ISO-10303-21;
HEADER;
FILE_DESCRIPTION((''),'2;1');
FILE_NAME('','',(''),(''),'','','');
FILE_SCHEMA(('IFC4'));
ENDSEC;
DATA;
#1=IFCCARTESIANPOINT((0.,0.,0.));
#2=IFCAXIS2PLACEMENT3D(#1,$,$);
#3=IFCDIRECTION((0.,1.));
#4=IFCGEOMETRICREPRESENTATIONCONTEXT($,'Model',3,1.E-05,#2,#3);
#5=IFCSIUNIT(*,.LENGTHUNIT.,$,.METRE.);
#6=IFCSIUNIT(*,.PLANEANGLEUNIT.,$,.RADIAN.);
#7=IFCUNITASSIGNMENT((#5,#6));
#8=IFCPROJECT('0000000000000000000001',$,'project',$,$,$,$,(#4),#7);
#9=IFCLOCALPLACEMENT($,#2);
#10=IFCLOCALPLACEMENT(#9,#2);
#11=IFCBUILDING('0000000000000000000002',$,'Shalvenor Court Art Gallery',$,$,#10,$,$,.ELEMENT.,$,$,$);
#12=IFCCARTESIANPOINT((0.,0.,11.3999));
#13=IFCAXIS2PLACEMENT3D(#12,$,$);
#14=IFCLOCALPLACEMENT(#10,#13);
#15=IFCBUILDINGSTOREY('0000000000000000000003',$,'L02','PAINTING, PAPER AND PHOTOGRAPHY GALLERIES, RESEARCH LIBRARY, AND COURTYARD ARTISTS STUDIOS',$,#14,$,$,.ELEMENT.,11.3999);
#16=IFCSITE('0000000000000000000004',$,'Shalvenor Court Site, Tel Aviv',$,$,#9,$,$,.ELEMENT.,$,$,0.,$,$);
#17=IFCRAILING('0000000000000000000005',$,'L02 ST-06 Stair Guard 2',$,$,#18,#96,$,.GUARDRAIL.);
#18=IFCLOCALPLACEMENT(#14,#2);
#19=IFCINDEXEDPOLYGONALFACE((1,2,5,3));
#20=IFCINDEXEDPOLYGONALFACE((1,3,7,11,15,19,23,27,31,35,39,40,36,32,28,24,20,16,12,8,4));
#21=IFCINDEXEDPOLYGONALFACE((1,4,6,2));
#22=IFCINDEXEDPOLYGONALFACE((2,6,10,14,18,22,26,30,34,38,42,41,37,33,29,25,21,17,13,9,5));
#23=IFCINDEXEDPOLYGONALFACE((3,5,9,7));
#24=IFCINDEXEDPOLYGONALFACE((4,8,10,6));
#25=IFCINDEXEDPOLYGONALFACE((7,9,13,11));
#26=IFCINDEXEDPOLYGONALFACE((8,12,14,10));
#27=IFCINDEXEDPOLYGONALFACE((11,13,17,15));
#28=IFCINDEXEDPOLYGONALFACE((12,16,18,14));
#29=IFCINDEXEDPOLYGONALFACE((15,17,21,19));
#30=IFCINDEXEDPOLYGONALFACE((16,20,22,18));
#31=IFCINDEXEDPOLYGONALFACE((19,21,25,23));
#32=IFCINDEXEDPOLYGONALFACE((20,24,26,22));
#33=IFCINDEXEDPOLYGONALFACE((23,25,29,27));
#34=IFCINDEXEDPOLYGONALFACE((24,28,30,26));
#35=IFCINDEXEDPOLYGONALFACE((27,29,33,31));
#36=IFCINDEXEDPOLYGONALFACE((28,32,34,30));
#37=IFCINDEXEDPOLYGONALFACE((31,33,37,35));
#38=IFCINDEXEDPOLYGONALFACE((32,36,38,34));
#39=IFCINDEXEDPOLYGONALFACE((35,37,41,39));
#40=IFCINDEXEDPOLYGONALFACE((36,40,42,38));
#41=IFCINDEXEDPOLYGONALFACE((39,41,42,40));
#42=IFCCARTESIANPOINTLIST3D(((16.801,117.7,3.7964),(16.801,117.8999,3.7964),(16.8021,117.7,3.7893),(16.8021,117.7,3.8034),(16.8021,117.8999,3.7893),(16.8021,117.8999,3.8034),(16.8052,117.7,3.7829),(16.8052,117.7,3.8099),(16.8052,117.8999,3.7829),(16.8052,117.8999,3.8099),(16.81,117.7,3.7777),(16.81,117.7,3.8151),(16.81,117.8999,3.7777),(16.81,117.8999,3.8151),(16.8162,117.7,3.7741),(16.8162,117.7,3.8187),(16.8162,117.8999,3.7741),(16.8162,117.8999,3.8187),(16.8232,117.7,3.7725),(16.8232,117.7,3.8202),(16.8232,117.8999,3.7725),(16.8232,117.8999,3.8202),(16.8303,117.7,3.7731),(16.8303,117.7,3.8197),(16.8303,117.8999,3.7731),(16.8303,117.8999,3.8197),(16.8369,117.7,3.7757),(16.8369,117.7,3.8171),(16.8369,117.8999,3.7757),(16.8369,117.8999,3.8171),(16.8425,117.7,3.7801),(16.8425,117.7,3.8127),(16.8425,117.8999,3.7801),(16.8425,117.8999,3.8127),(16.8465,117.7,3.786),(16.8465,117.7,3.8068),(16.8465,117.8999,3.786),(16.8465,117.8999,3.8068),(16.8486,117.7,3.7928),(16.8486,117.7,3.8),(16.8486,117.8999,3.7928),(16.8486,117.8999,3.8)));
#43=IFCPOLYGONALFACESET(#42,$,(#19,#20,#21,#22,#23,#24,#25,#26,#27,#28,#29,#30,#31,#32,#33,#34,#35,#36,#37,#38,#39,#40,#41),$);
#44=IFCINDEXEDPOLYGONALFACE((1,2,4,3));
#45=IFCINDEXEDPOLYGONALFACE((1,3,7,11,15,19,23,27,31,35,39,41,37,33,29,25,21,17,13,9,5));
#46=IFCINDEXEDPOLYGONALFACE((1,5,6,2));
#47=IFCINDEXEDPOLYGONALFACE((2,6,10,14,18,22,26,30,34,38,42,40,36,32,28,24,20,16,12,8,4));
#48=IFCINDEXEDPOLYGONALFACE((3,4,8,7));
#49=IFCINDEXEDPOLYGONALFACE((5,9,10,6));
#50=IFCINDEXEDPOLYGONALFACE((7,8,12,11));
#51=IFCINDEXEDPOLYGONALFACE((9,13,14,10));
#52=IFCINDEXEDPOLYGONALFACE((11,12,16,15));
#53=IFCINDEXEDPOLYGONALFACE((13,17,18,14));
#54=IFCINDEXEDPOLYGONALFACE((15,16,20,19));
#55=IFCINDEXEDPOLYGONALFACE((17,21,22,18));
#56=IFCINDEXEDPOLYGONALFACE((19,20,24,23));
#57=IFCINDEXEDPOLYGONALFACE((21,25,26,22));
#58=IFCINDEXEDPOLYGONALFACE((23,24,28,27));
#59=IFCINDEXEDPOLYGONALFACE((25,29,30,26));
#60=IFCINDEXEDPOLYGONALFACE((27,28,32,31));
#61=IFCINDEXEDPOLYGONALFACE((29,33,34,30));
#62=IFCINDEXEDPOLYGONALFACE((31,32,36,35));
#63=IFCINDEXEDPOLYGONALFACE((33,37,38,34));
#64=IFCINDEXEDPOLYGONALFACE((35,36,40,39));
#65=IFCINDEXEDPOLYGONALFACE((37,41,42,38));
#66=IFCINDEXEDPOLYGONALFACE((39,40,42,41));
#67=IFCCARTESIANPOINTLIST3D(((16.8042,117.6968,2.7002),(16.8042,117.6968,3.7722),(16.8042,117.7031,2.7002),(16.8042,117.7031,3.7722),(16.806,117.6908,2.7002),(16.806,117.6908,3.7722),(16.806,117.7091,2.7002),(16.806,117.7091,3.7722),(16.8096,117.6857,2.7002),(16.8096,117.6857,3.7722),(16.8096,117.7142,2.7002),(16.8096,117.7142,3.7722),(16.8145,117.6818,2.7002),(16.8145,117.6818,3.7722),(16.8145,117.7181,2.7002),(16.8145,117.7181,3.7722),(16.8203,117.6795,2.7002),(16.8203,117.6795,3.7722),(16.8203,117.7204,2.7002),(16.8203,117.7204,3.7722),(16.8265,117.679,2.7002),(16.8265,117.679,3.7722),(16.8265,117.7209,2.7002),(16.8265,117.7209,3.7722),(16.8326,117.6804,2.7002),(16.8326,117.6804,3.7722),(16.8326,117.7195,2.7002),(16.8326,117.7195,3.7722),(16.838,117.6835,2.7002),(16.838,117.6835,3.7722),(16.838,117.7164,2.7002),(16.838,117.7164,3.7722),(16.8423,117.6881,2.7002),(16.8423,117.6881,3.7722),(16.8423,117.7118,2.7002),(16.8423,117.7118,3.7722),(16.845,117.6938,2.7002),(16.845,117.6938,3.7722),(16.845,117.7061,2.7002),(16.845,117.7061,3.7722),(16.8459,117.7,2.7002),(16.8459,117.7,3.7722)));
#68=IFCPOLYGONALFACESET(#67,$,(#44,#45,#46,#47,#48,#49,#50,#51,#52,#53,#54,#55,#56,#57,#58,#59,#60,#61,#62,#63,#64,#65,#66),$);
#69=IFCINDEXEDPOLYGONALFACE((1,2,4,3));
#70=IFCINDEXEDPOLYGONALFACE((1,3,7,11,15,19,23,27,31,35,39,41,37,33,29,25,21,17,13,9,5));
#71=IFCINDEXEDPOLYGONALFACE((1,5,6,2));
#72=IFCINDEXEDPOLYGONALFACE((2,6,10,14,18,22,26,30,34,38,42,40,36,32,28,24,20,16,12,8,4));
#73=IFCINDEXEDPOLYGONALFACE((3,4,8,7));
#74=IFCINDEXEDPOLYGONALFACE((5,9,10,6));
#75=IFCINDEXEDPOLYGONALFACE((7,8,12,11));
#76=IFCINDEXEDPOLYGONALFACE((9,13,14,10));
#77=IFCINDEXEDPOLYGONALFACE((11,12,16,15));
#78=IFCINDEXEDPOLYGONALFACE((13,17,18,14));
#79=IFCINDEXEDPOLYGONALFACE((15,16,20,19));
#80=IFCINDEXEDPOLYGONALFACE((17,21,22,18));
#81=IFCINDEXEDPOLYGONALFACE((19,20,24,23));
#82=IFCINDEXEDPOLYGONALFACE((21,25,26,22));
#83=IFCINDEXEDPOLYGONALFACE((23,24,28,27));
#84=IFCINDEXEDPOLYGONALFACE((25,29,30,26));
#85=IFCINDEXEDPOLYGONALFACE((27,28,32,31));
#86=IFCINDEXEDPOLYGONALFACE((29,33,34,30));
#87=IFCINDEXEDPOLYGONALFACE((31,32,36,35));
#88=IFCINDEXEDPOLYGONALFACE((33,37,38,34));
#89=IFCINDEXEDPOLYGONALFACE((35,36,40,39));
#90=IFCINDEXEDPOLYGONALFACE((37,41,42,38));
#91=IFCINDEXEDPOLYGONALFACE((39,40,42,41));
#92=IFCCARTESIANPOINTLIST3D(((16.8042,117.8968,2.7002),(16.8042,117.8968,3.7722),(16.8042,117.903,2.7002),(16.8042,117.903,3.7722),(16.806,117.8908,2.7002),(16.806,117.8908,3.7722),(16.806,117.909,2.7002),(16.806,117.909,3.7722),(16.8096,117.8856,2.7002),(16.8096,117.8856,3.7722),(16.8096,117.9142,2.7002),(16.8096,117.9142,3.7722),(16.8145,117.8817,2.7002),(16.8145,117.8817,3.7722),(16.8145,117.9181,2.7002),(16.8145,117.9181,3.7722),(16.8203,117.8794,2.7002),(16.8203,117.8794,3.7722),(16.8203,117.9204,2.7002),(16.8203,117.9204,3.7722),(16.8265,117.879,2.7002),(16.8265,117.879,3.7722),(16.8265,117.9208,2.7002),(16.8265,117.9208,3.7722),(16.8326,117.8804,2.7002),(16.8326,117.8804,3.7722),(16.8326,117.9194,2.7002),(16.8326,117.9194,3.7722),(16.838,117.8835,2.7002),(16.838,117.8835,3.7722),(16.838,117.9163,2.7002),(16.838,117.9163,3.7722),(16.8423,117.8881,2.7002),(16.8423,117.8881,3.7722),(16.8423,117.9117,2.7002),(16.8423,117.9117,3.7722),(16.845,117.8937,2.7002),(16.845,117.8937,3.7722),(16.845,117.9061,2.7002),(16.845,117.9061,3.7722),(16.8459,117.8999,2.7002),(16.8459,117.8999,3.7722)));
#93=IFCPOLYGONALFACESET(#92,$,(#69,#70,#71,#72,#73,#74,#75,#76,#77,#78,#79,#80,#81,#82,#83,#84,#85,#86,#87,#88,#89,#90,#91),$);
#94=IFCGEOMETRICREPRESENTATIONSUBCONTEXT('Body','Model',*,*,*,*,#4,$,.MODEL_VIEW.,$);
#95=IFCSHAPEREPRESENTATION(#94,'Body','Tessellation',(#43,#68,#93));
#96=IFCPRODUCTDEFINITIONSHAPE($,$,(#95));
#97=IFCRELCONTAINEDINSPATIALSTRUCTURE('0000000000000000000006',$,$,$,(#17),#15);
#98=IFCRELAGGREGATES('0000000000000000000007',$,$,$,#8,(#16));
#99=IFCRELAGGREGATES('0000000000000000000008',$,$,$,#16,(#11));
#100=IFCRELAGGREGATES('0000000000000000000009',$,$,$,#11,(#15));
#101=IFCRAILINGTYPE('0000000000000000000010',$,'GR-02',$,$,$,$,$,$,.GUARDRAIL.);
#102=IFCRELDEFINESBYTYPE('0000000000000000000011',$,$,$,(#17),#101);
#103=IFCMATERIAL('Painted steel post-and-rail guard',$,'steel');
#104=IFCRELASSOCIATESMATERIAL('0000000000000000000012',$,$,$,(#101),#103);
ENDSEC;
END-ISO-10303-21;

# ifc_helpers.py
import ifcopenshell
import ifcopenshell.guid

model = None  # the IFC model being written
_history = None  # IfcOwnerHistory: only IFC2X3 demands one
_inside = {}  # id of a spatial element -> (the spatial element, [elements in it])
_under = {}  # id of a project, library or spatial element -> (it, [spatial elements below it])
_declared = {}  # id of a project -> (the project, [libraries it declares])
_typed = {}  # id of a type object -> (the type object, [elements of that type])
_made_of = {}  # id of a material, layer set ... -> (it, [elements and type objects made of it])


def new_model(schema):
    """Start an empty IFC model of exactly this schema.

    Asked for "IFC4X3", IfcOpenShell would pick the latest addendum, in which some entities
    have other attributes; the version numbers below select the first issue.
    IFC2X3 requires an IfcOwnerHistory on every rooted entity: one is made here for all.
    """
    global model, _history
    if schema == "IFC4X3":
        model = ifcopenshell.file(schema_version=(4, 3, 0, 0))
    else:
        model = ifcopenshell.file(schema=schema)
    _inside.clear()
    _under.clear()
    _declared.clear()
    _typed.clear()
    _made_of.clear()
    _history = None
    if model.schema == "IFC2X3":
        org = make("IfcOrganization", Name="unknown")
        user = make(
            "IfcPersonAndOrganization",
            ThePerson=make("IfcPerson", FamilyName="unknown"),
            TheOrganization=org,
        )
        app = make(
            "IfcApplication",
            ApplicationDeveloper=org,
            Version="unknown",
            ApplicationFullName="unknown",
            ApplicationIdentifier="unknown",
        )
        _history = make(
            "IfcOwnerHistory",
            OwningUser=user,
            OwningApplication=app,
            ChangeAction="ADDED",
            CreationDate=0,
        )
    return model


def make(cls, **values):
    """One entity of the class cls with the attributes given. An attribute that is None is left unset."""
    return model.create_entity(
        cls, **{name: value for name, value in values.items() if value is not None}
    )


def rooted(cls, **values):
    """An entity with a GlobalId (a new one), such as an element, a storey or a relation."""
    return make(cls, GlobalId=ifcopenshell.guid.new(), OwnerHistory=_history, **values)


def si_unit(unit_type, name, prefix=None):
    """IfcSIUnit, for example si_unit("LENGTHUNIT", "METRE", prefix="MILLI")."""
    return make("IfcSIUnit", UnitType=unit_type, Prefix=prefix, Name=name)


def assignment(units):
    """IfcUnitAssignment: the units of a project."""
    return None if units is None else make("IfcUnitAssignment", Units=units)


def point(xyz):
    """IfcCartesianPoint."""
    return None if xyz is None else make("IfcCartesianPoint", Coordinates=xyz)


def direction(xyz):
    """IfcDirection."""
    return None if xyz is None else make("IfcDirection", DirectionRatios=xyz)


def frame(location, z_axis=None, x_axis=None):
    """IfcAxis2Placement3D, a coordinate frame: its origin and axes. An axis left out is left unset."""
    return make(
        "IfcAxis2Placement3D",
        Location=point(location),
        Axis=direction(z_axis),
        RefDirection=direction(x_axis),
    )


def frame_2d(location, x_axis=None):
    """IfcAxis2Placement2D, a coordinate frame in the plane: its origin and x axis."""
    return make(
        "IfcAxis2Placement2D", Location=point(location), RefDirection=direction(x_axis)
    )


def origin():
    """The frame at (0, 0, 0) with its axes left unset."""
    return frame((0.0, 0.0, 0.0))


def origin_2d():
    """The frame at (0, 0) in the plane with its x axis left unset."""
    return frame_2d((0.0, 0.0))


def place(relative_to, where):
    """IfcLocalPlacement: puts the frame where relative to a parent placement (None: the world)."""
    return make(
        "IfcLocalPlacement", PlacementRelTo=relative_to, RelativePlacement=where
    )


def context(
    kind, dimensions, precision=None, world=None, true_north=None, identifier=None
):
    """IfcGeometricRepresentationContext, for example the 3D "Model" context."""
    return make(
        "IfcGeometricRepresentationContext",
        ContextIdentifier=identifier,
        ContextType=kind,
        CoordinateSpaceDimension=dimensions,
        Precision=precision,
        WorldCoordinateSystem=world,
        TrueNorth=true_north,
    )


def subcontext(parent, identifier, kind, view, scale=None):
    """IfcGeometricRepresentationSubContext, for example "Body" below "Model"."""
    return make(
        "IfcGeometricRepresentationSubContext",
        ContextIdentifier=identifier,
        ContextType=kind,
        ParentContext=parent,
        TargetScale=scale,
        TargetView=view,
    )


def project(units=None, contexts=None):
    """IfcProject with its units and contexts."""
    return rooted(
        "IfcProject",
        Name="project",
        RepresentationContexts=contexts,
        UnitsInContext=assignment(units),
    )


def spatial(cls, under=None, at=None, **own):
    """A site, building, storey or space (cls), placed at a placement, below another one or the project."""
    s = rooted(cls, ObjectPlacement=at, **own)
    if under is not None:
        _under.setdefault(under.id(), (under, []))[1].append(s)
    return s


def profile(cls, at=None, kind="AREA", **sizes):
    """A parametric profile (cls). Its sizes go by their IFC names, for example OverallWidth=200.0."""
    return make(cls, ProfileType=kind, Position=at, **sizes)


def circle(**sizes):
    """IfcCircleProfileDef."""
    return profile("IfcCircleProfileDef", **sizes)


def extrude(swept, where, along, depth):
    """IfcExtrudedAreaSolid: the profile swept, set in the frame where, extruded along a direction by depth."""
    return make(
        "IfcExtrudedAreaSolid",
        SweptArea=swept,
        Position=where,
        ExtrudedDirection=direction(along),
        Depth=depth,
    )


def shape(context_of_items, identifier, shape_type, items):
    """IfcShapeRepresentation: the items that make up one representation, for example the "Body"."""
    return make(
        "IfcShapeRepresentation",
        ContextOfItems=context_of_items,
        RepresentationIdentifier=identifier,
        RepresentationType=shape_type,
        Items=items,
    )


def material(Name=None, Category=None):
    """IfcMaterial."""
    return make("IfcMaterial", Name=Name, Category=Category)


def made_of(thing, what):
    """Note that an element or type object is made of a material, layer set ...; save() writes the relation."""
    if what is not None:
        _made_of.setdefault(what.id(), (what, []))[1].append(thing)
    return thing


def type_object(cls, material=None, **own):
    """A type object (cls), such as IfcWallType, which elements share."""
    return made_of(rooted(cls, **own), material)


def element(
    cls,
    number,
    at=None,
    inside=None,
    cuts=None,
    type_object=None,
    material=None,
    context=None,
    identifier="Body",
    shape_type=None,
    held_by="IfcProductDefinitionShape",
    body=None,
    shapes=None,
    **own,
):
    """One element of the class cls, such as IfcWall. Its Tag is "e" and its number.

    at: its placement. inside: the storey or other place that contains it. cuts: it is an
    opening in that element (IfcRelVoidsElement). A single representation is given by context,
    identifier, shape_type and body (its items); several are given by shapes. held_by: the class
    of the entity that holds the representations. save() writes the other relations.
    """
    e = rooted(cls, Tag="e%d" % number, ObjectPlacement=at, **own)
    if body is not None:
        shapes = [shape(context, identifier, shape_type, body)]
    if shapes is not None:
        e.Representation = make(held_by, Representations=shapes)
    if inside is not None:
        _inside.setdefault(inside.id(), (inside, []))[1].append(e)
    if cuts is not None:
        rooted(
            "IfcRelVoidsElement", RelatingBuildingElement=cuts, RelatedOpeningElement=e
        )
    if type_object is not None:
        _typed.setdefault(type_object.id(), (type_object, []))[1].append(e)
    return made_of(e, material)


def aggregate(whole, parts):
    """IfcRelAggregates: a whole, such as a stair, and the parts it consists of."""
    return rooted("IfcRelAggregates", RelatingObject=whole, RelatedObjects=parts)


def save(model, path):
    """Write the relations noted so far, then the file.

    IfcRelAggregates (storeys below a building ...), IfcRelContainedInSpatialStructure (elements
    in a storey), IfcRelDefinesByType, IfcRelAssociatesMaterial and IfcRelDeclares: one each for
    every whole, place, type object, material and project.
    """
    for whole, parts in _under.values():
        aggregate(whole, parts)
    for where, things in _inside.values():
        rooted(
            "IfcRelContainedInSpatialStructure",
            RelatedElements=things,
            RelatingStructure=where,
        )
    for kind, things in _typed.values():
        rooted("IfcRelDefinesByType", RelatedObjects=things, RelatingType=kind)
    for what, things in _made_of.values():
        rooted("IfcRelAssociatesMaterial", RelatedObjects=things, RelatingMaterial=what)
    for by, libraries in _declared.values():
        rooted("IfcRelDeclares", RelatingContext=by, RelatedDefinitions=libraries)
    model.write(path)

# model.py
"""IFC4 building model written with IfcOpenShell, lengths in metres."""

from ifc_helpers import new_model, si_unit, direction, frame, origin, origin_2d, place, context, subcontext, project, spatial, circle, extrude, material, type_object, element, save


model = new_model("IFC4")

# Units and contexts
model_context = context("Model", 3, precision=1e-05, world=origin(), true_north=direction((0.0, 1.0)))
body_context = subcontext(model_context, "Body", "Model", "MODEL_VIEW")
ifc_project = project(units=[si_unit("LENGTHUNIT", "METRE"), si_unit("PLANEANGLEUNIT", "RADIAN")], contexts=[model_context])

# Site, building, storey
site_placement = place(None, origin())
site = spatial("IfcSite", under=ifc_project, at=site_placement, Name="Shalvenor Court Site, Tel Aviv", CompositionType="ELEMENT", RefElevation=0.0)
building_placement = place(site_placement, origin())
building = spatial("IfcBuilding", under=site, at=building_placement, Name="Shalvenor Court Art Gallery", CompositionType="ELEMENT")
storey_placement = place(building_placement, frame((0.0, 0.0, 11.3999)))
storey = spatial("IfcBuildingStorey", under=building, at=storey_placement, Name="L02", Description="PAINTING, PAPER AND PHOTOGRAPHY GALLERIES, RESEARCH LIBRARY, AND COURTYARD ARTISTS STUDIOS", CompositionType="ELEMENT", Elevation=11.3999)

# Railing
ifc_material_1 = material(Name="Painted steel post-and-rail guard", Category="steel")
railing_type_1 = type_object("IfcRailingType", Name="GR-02", PredefinedType="GUARDRAIL", material=ifc_material_1)
railing_1_placement = place(storey_placement, frame((16.825, 117.7, 2.7002)))
element("IfcRailing", 1, at=railing_1_placement, inside=storey, type_object=railing_type_1, Name="L02 ST-06 Stair Guard 2", PredefinedType="GUARDRAIL", context=body_context, shape_type="SweptSolid", body=[
    extrude(circle(Radius=0.0239, at=origin_2d()), frame((0.0, 0.0, 1.0962), z_axis=(0.0, 1.0, 0.0), x_axis=(-1.0, 0.0, 0.0)), (0.0, 0.0, 1.0), 0.2),
    extrude(circle(Radius=0.021, at=origin_2d()), origin(), (0.0, 0.0, 1.0), 1.072),
    extrude(circle(Radius=0.021, at=origin_2d()), frame((0.0, 0.2, 0.0)), (0.0, 0.0, 1.0), 1.072),
])

save(model, "model.ifc")
